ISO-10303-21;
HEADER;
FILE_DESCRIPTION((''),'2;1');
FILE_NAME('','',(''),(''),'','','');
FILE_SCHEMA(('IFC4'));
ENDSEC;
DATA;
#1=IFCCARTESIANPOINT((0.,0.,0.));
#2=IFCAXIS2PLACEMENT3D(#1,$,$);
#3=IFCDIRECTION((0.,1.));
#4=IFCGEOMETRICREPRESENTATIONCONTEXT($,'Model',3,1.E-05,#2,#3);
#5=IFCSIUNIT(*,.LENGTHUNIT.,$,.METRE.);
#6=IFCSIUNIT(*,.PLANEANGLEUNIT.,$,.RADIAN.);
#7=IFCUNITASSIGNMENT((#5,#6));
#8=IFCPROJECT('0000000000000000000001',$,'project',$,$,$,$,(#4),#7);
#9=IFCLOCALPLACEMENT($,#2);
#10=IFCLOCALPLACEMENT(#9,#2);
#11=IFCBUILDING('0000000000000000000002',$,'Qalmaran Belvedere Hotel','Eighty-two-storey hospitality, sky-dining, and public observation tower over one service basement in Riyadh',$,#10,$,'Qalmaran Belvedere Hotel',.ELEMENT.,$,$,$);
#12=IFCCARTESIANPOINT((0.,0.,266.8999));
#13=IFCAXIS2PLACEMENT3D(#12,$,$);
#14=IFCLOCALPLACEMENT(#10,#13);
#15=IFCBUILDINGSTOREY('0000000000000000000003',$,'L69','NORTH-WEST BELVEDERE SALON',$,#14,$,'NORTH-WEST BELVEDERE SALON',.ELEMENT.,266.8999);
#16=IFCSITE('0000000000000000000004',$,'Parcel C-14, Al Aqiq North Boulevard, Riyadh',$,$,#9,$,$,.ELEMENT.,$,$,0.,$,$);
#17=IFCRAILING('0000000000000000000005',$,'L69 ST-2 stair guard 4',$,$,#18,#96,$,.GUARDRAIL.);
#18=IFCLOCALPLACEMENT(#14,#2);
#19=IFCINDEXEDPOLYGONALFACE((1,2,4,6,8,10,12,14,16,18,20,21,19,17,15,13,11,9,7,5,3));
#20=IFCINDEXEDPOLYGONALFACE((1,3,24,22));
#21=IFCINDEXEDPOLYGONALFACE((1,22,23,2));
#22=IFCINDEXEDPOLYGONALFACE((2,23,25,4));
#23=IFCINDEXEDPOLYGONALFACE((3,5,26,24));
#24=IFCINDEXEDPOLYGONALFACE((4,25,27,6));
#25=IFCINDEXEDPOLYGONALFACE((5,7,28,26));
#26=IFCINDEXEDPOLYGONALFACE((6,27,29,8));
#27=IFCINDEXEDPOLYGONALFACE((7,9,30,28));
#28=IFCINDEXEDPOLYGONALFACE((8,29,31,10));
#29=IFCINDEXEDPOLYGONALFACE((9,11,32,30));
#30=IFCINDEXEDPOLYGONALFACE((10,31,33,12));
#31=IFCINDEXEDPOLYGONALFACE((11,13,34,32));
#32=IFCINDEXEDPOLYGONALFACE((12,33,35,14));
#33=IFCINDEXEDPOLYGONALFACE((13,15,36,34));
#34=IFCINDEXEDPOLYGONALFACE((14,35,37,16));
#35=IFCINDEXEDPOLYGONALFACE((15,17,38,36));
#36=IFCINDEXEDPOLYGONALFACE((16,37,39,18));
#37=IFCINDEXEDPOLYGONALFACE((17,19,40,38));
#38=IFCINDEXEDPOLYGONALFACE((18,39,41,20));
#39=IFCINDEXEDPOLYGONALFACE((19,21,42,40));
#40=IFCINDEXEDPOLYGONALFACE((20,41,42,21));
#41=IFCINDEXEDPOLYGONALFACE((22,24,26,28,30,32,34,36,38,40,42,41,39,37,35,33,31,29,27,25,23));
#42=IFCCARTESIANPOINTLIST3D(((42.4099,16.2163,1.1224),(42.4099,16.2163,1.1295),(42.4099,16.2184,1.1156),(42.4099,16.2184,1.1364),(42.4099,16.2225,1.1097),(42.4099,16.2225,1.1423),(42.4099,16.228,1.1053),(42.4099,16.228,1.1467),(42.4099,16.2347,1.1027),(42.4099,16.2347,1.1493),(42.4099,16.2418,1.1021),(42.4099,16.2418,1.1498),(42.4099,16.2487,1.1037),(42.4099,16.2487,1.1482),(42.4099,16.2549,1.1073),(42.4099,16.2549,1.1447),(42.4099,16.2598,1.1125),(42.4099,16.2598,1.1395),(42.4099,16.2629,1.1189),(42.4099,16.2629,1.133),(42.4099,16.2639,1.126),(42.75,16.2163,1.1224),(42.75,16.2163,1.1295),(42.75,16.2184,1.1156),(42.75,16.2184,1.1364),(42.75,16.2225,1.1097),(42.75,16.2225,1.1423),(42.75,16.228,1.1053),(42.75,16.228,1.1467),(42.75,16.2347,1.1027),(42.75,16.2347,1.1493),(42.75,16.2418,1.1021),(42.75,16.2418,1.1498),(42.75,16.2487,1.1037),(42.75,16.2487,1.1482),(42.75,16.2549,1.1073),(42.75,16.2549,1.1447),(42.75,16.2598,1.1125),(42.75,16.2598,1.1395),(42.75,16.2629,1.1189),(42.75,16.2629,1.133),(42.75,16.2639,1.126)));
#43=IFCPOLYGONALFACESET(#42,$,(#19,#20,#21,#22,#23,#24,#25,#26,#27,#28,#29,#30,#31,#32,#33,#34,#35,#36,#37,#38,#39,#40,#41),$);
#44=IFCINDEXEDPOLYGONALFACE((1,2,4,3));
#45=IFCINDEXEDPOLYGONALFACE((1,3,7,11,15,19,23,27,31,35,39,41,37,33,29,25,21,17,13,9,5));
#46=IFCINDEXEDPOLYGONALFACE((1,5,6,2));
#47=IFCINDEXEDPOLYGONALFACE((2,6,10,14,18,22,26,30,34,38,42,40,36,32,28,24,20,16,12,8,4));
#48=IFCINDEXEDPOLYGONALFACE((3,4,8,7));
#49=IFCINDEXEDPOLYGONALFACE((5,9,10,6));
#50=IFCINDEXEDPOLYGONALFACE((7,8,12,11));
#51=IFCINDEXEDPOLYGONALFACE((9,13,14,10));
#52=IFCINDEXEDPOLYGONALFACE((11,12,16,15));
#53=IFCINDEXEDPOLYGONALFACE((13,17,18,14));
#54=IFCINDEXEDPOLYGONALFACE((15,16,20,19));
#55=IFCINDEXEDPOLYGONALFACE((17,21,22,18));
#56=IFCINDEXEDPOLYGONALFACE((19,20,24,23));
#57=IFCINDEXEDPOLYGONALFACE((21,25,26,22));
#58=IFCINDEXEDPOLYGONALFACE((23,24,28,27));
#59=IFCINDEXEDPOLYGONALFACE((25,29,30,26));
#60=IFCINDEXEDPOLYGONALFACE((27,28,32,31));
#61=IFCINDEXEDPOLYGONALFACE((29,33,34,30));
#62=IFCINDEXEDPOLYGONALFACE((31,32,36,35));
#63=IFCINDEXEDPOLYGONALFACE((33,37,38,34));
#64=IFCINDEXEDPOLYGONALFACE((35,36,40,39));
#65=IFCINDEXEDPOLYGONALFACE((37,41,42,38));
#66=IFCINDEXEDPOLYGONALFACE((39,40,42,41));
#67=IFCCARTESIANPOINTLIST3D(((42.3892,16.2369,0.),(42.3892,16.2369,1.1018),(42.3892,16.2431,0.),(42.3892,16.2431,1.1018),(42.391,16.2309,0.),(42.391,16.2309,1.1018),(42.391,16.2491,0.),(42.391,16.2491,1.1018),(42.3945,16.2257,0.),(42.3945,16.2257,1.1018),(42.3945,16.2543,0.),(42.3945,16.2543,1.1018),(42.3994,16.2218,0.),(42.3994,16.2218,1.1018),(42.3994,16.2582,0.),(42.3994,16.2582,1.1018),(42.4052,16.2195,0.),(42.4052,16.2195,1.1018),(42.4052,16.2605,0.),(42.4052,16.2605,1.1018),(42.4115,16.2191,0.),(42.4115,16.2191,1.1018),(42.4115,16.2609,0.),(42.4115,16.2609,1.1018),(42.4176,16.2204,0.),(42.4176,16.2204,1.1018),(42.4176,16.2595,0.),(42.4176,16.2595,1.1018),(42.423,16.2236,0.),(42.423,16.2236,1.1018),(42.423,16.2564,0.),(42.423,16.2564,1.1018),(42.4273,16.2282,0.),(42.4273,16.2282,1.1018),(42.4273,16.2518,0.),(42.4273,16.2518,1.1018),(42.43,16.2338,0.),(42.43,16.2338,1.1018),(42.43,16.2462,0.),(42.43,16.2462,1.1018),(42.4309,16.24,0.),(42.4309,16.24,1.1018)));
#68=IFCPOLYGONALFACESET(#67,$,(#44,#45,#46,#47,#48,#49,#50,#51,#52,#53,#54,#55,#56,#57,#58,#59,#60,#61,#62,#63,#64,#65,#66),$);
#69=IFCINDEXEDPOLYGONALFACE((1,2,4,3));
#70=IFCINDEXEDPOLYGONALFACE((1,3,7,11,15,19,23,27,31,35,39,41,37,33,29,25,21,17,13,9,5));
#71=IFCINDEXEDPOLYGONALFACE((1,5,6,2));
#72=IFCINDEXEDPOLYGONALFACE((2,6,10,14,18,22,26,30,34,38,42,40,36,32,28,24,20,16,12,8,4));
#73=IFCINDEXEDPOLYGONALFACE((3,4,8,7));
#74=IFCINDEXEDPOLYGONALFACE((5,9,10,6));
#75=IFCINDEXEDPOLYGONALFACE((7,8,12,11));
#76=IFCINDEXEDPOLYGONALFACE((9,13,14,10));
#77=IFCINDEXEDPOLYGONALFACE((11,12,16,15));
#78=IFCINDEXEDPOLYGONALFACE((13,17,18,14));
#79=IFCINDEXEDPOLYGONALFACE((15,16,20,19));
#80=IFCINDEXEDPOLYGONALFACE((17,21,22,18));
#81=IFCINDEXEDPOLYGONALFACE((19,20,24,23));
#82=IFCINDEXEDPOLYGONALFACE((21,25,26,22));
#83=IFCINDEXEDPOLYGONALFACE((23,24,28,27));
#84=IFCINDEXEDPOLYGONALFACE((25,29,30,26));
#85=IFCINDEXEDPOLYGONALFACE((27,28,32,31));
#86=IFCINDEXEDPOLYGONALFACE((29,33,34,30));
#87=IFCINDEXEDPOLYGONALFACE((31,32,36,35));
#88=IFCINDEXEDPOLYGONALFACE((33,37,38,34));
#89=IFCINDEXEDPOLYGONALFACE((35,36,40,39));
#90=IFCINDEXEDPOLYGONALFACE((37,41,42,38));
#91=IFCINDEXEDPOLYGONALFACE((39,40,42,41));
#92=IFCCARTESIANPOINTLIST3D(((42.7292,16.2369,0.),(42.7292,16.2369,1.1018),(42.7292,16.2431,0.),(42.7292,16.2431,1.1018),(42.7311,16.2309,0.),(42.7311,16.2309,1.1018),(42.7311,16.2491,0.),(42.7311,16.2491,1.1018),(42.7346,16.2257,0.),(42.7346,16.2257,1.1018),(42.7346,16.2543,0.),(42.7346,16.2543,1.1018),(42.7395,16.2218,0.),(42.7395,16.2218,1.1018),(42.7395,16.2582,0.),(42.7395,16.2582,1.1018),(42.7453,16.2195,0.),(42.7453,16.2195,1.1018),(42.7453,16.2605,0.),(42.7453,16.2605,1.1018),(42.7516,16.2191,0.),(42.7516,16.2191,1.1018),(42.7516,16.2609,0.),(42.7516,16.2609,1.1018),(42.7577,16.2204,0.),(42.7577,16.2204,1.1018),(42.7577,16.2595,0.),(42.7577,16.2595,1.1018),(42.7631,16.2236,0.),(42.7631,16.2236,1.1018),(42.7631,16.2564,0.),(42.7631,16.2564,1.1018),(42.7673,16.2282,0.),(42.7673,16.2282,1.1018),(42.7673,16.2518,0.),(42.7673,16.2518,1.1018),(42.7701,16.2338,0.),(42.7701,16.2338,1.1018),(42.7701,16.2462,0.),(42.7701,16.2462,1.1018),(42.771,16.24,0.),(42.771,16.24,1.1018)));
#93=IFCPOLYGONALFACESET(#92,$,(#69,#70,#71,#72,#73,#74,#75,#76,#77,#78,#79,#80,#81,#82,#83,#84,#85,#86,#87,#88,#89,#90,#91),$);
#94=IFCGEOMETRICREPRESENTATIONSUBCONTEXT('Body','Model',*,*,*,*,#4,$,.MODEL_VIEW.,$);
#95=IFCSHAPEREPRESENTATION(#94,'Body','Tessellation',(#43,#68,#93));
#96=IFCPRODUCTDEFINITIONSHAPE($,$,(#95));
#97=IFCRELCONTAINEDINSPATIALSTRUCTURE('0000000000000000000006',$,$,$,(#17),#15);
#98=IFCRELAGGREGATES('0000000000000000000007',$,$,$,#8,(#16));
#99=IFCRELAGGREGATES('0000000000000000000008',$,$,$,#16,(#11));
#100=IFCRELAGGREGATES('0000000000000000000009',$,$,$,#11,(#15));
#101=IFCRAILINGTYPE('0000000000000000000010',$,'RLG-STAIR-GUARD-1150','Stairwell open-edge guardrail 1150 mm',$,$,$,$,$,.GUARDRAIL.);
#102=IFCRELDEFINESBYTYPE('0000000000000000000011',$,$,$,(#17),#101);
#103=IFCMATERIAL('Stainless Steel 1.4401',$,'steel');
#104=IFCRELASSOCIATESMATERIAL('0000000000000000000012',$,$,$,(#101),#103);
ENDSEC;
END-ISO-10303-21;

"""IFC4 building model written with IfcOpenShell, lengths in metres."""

from ifc_helpers import new_model, si_unit, direction, frame, origin, origin_2d, place, context, subcontext, project, spatial, circle, extrude, material, type_object, element, save


model = new_model("IFC4")

# Units and contexts
model_context = context("Model", 3, precision=1e-05, world=origin(), true_north=direction((0.0, 1.0)))
body_context = subcontext(model_context, "Body", "Model", "MODEL_VIEW")
ifc_project = project(units=[si_unit("LENGTHUNIT", "METRE"), si_unit("PLANEANGLEUNIT", "RADIAN")], contexts=[model_context])

# Site, building, storey
site_placement = place(None, origin())
site = spatial("IfcSite", under=ifc_project, at=site_placement, Name="Parcel C-14, Al Aqiq North Boulevard, Riyadh", CompositionType="ELEMENT", RefElevation=0.0)
building_placement = place(site_placement, origin())
building = spatial("IfcBuilding", under=site, at=building_placement, Name="Qalmaran Belvedere Hotel", Description="Eighty-two-storey hospitality, sky-dining, and public observation tower over one service basement in Riyadh", LongName="Qalmaran Belvedere Hotel", CompositionType="ELEMENT")
storey_placement = place(building_placement, frame((0.0, 0.0, 266.8999)))
storey = spatial("IfcBuildingStorey", under=building, at=storey_placement, Name="L69", Description="NORTH-WEST BELVEDERE SALON", LongName="NORTH-WEST BELVEDERE SALON", CompositionType="ELEMENT", Elevation=266.8999)

# Railing
ifc_material_1 = material(Name="Stainless Steel 1.4401", Category="steel")
railing_type_1 = type_object("IfcRailingType", Name="RLG-STAIR-GUARD-1150", Description="Stairwell open-edge guardrail 1150 mm", PredefinedType="GUARDRAIL", material=ifc_material_1)
railing_1_placement = place(storey_placement, frame((42.4099, 16.24, 0.0)))
element("IfcRailing", 1, at=railing_1_placement, inside=storey, type_object=railing_type_1, Name="L69 ST-2 stair guard 4", PredefinedType="GUARDRAIL", context=body_context, shape_type="SweptSolid", body=[
    extrude(circle(Radius=0.0239, at=origin_2d()), frame((0.0, 0.0, 1.126), z_axis=(1.0, 0.0, 0.0), x_axis=(0.0, 1.0, 0.0)), (0.0, 0.0, 1.0), 0.3401),
    extrude(circle(Radius=0.021, at=origin_2d()), origin(), (0.0, 0.0, 1.0), 1.1018),
    extrude(circle(Radius=0.021, at=origin_2d()), frame((0.3401, 0.0, 0.0)), (0.0, 0.0, 1.0), 1.1018),
])

save(model, "model.ifc")
